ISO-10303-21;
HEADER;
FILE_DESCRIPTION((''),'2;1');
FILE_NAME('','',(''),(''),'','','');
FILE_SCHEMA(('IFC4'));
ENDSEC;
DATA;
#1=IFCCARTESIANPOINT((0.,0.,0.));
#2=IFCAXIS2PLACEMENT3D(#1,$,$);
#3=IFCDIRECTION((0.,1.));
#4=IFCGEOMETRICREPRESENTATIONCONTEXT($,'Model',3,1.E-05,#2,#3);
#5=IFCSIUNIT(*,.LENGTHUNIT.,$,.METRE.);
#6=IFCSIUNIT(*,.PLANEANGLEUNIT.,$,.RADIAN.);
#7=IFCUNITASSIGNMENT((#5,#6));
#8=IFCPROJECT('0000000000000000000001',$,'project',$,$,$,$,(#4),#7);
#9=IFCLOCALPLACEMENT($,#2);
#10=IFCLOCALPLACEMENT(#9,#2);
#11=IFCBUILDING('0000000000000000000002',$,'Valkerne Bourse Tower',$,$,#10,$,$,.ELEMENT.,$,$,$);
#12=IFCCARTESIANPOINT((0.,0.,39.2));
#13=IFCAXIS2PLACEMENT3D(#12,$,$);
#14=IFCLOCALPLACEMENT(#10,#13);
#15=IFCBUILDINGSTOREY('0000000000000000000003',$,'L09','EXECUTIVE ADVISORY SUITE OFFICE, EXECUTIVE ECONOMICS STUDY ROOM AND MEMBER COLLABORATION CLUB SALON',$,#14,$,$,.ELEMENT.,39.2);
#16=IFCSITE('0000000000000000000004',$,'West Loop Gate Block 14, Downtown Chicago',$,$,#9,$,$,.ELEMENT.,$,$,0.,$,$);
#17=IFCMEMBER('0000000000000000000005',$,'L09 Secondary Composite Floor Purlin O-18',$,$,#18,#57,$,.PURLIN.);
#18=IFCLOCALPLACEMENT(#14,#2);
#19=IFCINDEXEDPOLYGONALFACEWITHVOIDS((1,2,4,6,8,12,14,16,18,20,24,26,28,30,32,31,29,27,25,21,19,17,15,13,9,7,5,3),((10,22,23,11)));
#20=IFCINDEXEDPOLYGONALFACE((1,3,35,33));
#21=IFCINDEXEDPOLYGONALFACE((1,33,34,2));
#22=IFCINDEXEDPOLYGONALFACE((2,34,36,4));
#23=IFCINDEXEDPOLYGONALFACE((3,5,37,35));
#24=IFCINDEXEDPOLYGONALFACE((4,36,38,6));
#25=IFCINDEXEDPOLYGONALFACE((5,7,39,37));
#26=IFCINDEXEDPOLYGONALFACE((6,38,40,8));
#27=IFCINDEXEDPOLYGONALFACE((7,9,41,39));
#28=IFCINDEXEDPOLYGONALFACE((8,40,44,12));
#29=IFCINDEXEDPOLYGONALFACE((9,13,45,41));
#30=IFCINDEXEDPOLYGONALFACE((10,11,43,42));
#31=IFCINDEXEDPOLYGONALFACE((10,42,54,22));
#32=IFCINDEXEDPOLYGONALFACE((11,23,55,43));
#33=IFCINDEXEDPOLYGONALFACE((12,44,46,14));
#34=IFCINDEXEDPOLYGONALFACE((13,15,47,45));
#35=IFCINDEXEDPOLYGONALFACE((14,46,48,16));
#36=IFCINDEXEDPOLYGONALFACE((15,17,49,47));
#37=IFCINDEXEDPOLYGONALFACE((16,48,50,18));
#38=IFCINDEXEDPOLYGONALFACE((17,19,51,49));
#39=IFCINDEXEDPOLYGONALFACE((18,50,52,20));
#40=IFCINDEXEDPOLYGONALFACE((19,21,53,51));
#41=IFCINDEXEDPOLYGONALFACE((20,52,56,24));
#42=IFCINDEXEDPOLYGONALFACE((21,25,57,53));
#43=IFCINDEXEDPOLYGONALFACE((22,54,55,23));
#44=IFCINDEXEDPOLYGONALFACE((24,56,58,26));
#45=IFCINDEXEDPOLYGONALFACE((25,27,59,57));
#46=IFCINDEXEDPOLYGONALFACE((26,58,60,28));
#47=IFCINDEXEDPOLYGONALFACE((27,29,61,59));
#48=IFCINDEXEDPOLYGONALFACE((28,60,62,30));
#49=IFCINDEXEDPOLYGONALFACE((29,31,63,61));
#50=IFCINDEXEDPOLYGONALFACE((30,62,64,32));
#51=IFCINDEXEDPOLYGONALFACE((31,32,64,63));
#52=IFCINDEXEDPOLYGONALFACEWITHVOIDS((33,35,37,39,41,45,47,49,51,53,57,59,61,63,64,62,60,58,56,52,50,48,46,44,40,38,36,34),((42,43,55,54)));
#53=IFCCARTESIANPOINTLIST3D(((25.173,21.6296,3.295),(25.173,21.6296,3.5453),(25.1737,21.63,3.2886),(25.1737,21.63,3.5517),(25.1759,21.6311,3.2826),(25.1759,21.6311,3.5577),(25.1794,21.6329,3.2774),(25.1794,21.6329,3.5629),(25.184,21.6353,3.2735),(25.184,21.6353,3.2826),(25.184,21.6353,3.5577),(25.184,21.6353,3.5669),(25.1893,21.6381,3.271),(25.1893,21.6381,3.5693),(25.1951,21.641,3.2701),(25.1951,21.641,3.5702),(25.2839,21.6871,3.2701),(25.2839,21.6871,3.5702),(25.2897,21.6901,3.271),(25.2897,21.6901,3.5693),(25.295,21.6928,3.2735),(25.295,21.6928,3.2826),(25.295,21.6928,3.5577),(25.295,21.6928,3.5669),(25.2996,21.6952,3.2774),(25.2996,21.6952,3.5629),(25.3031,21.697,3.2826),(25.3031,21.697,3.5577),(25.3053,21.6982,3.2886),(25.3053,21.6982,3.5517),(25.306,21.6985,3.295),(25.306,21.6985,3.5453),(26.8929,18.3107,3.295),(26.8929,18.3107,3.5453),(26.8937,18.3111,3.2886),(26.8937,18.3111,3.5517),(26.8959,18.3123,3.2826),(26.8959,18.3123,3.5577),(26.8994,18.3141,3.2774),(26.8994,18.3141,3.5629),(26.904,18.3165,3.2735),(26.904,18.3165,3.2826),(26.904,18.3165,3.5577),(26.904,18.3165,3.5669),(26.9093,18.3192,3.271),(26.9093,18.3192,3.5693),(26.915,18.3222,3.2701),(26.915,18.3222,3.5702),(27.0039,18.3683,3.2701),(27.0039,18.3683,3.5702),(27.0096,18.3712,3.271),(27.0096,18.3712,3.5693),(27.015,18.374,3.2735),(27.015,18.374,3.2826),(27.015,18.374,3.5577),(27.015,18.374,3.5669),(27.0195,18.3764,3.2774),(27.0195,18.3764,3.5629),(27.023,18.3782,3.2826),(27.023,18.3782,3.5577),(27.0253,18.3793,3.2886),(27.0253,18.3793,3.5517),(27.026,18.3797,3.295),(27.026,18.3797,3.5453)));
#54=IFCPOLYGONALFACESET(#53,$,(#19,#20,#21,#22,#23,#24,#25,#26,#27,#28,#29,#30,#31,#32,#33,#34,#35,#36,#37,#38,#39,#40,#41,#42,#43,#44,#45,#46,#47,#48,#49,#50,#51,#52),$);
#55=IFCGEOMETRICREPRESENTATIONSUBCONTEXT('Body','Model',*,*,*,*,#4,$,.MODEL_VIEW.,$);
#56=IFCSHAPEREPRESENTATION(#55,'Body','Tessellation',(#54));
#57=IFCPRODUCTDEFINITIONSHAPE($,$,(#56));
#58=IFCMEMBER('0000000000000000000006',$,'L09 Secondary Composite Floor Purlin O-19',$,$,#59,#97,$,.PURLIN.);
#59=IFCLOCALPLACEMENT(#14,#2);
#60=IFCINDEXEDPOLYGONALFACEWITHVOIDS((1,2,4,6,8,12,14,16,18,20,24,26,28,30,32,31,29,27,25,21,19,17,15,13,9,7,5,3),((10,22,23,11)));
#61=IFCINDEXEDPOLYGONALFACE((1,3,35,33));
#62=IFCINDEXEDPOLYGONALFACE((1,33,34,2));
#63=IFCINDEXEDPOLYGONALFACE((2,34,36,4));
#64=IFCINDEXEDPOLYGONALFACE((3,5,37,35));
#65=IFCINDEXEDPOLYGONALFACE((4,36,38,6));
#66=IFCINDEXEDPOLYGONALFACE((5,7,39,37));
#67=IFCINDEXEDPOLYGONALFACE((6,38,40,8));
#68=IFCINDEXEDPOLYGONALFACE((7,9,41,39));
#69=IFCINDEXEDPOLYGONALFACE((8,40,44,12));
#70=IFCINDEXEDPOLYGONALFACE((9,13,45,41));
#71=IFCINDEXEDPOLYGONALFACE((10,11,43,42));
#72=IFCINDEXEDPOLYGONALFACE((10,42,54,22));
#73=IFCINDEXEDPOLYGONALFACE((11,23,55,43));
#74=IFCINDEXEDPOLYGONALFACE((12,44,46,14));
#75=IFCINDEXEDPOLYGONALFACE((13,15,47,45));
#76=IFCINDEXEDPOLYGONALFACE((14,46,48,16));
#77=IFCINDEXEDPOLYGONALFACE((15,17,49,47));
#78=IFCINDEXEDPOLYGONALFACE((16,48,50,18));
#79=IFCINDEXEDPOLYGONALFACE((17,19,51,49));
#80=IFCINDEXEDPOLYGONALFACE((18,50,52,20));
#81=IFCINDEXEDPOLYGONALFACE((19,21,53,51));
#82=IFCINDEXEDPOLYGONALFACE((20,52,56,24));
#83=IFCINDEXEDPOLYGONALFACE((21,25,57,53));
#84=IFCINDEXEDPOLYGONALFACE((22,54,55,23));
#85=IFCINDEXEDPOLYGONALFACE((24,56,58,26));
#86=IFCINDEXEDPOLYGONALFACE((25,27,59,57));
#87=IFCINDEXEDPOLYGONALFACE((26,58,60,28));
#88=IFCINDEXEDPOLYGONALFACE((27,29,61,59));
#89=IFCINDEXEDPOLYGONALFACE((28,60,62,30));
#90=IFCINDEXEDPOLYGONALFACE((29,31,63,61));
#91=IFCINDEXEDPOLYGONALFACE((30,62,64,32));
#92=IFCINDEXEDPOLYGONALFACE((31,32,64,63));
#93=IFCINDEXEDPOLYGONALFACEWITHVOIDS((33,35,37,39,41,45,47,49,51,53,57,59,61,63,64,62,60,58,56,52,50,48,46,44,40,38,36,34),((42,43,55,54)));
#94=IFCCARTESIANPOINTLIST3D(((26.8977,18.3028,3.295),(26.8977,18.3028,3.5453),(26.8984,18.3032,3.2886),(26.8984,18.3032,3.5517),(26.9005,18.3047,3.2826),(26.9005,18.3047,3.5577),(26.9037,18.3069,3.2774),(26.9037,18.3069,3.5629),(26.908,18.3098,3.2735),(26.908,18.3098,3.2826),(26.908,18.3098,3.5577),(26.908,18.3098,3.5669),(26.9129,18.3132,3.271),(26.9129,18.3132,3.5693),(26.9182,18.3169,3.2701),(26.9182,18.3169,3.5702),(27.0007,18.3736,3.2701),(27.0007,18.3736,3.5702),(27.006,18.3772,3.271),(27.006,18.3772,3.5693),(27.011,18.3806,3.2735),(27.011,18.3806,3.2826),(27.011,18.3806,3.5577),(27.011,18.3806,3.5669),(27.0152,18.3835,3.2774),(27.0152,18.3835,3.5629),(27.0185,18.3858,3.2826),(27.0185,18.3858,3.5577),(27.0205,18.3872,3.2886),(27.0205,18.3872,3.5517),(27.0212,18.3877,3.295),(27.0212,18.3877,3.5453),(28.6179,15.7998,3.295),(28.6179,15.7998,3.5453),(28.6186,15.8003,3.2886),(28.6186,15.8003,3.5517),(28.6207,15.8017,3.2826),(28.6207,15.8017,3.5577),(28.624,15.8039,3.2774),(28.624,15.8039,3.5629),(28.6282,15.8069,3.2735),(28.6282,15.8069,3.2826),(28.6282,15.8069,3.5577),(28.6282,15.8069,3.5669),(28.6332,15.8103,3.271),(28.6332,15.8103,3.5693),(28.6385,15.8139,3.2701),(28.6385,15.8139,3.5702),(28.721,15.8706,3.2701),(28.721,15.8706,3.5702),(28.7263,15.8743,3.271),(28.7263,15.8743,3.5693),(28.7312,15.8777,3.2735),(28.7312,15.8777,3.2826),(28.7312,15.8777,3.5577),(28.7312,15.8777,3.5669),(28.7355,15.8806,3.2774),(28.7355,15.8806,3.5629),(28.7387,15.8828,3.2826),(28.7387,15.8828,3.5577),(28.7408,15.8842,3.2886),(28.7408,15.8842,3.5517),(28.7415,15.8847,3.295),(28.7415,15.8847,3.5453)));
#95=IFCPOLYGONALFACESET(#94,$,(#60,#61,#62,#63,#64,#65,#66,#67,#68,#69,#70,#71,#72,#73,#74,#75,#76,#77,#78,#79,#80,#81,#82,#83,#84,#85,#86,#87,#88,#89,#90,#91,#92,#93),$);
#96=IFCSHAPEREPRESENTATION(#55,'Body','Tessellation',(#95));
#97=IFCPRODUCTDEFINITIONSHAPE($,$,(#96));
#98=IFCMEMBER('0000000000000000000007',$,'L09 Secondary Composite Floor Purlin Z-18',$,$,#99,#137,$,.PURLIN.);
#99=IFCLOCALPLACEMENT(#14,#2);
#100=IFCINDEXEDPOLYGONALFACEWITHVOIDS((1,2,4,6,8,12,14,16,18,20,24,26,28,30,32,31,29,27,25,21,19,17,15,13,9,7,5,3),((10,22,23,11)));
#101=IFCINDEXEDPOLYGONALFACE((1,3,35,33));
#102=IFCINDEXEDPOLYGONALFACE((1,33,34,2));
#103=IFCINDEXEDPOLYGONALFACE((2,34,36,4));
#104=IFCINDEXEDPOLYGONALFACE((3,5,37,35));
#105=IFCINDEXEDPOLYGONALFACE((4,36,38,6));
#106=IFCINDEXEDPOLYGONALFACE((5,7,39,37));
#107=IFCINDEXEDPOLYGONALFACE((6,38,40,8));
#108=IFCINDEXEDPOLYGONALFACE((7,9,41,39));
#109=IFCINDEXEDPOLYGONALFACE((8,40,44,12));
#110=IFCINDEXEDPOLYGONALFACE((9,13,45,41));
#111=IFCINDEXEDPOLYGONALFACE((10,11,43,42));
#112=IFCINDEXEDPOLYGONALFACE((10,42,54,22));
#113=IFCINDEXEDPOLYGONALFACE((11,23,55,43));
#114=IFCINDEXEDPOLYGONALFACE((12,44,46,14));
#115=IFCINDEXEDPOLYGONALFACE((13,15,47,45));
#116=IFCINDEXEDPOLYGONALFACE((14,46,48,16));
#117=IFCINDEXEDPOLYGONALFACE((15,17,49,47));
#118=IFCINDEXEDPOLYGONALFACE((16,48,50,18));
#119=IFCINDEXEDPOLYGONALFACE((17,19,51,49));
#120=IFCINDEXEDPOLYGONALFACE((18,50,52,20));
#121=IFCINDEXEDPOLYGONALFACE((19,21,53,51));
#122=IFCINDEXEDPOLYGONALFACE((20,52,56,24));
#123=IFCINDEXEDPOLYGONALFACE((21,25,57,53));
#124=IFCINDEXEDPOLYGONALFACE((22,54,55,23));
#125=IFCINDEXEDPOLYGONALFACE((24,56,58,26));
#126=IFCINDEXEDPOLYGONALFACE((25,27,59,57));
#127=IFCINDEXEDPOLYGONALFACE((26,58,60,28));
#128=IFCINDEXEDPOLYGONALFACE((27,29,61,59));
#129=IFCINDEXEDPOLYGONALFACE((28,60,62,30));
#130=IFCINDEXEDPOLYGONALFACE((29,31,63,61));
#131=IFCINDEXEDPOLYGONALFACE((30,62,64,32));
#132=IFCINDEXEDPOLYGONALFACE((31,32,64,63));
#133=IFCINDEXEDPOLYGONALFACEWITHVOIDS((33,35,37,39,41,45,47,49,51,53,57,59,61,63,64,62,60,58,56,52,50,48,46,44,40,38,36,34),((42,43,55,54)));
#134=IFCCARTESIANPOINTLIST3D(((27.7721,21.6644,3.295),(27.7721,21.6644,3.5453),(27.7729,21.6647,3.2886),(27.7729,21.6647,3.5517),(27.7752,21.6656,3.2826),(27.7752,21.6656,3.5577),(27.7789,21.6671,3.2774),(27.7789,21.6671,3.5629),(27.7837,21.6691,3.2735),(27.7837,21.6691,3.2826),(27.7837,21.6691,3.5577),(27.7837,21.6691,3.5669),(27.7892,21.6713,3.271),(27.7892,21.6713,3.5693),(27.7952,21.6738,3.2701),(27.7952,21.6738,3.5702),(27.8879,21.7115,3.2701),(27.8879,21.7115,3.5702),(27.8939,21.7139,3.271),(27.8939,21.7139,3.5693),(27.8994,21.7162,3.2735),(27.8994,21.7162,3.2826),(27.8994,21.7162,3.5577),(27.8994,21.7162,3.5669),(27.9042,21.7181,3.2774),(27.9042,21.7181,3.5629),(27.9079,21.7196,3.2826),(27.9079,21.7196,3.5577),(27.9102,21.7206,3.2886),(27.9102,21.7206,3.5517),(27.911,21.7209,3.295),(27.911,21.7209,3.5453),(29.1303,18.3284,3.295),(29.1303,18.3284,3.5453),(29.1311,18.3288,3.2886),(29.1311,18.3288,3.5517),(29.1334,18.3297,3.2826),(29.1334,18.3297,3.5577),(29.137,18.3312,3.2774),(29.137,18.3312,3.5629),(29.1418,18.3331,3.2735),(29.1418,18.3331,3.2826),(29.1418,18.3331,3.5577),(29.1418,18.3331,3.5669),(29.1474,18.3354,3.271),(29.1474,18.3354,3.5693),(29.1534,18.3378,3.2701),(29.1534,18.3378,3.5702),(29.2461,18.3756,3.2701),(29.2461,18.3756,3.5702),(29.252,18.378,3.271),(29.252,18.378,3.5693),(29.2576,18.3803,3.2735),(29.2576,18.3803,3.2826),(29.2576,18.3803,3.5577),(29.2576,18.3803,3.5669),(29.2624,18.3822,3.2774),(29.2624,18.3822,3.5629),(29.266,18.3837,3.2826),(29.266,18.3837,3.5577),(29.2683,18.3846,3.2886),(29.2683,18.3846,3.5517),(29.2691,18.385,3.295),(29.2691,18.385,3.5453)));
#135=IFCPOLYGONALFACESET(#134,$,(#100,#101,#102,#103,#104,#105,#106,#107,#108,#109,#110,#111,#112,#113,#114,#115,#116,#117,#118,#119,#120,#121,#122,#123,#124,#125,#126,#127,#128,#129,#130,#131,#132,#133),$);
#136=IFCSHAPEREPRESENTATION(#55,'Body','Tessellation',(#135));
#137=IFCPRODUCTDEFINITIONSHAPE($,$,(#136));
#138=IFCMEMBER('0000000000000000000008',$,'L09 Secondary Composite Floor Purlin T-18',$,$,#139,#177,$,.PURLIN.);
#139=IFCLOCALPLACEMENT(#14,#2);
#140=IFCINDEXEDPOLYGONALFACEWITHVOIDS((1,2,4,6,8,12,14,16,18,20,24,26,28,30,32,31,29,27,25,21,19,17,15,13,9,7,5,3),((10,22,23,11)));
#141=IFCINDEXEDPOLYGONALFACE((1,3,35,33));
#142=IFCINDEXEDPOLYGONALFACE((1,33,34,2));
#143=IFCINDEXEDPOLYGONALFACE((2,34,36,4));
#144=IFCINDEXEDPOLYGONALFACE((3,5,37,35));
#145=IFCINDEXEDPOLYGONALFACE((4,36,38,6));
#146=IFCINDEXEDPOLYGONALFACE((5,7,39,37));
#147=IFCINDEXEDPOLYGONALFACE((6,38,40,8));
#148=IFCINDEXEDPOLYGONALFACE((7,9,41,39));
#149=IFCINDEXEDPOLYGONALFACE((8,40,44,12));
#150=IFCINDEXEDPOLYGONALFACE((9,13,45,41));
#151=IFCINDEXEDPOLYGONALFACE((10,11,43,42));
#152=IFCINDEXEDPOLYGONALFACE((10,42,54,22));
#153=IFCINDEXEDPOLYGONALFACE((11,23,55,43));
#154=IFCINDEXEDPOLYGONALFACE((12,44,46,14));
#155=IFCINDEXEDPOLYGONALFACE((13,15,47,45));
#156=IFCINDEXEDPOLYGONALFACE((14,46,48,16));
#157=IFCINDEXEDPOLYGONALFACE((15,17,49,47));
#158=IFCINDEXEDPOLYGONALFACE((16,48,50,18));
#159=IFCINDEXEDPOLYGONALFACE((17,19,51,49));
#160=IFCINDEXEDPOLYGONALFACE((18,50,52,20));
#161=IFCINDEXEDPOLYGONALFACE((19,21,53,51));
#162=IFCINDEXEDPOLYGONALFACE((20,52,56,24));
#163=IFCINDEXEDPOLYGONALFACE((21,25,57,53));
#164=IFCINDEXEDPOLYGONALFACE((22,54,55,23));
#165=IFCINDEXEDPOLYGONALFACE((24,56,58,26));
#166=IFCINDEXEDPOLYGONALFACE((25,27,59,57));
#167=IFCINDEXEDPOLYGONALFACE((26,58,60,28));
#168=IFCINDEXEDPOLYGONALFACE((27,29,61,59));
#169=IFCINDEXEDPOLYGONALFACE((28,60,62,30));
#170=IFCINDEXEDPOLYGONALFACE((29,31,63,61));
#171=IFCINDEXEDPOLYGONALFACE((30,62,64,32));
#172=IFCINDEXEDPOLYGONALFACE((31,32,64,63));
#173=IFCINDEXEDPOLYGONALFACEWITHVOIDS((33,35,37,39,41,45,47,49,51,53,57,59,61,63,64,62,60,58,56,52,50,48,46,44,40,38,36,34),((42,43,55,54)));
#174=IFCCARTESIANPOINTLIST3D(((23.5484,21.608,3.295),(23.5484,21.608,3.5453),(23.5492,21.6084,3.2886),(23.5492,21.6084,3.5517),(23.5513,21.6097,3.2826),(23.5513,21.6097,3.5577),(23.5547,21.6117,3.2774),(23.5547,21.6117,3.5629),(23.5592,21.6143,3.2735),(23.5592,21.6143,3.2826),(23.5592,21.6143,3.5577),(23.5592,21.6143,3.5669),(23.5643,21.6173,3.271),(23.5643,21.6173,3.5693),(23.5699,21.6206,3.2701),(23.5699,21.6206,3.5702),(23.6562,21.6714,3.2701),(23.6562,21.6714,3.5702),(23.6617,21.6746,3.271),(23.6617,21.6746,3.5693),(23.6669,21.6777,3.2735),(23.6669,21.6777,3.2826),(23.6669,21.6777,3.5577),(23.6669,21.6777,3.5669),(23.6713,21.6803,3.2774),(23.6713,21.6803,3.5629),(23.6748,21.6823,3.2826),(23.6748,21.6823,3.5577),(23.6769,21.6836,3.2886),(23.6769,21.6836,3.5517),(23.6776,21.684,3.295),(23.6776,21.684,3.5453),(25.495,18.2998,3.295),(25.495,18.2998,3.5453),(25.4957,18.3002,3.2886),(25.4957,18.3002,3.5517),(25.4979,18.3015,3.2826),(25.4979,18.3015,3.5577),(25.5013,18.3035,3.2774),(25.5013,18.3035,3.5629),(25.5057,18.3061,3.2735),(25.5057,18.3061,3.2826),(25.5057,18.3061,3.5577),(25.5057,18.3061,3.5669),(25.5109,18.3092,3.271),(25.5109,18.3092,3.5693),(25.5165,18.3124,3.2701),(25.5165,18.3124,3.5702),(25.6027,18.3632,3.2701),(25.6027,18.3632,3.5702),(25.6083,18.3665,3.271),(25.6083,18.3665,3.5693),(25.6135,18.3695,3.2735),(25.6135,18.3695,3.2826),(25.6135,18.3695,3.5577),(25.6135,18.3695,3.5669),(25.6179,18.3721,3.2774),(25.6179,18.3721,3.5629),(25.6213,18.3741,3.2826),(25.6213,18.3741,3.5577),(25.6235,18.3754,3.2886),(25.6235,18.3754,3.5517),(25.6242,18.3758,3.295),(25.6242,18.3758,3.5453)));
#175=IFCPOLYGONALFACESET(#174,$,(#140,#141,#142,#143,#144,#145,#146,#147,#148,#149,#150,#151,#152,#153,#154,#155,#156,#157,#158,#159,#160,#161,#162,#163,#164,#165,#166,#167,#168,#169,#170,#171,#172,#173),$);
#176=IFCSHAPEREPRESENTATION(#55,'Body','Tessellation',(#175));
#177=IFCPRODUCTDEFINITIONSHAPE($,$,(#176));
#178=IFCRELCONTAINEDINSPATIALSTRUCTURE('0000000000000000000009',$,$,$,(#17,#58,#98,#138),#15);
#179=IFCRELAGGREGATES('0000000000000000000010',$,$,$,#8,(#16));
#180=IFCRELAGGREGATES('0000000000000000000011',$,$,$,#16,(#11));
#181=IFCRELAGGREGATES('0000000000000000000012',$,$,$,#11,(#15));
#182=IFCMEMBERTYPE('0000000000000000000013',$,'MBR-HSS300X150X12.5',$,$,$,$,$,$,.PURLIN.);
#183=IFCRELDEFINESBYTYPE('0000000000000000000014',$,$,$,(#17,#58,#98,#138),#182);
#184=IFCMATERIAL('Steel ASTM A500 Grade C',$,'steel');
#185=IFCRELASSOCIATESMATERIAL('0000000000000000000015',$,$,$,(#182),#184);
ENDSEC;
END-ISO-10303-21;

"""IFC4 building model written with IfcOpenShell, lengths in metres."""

from ifc_helpers import new_model, si_unit, direction, frame, origin, origin_2d, place, context, subcontext, project, spatial, hollow_rectangle, extrude, material, material_profile, profile_set, type_object, element, save


model = new_model("IFC4")

# Units and contexts
model_context = context("Model", 3, precision=1e-05, world=origin(), true_north=direction((0.0, 1.0)))
body_context = subcontext(model_context, "Body", "Model", "MODEL_VIEW")
ifc_project = project(units=[si_unit("LENGTHUNIT", "METRE"), si_unit("PLANEANGLEUNIT", "RADIAN")], contexts=[model_context])

# Site, building, storey
site_placement = place(None, origin())
site = spatial("IfcSite", under=ifc_project, at=site_placement, Name="West Loop Gate Block 14, Downtown Chicago", CompositionType="ELEMENT", RefElevation=0.0)
building_placement = place(site_placement, origin())
building = spatial("IfcBuilding", under=site, at=building_placement, Name="Valkerne Bourse Tower", CompositionType="ELEMENT")
storey_placement = place(building_placement, frame((0.0, 0.0, 39.2)))
storey = spatial("IfcBuildingStorey", under=building, at=storey_placement, Name="L09", Description="EXECUTIVE ADVISORY SUITE OFFICE, EXECUTIVE ECONOMICS STUDY ROOM AND MEMBER COLLABORATION CLUB SALON", CompositionType="ELEMENT", Elevation=39.2)

# Members
ifc_material_1 = material(Name="Steel ASTM A500 Grade C", Category="steel")
ifc_material_profile_1 = material_profile(ifc_material_1, hollow_rectangle(XDim=0.1499, YDim=0.3, WallThickness=0.0125, OuterFilletRadius=0.0249, at=origin_2d()), Name="HSS300X150X12.5")
ifc_profile_set_1 = profile_set([ifc_material_profile_1], Name="Steel ASTM A500 Grade C")
member_type_1 = type_object("IfcMemberType", Name="MBR-HSS300X150X12.5", PredefinedType="PURLIN", material=ifc_profile_set_1)
member_1_placement = place(storey_placement, frame((25.2395, 21.6641, 3.4202), z_axis=(0.460125, -0.887854, 0.0), x_axis=(0.887854, 0.460125, 0.0)))
element("IfcMember", 1, at=member_1_placement, inside=storey, type_object=member_type_1, Name="L09 Secondary Composite Floor Purlin O-18", PredefinedType="PURLIN", context=body_context, shape_type="SweptSolid", body=[
    extrude(hollow_rectangle(XDim=0.1499, YDim=0.3, WallThickness=0.0125, OuterFilletRadius=0.0249, at=origin_2d()), origin(), (0.0, 0.0, 1.0), 3.738),
])
member_2_placement = place(storey_placement, frame((26.9595, 18.3452, 3.4202), z_axis=(0.566406, -0.824126, 0.0), x_axis=(0.824126, 0.566406, 0.0)))
element("IfcMember", 2, at=member_2_placement, inside=storey, type_object=member_type_1, Name="L09 Secondary Composite Floor Purlin O-19", PredefinedType="PURLIN", context=body_context, shape_type="SweptSolid", body=[
    extrude(hollow_rectangle(XDim=0.1499, YDim=0.3, WallThickness=0.0125, OuterFilletRadius=0.0249, at=origin_2d()), origin(), (0.0, 0.0, 1.0), 3.0371),
])
member_3_placement = place(storey_placement, frame((27.8416, 21.6926, 3.4202), z_axis=(0.377075, -0.926183, 0.0), x_axis=(0.926183, 0.377075, 0.0)))
element("IfcMember", 3, at=member_3_placement, inside=storey, type_object=member_type_1, Name="L09 Secondary Composite Floor Purlin Z-18", PredefinedType="PURLIN", context=body_context, shape_type="SweptSolid", body=[
    extrude(hollow_rectangle(XDim=0.1499, YDim=0.3, WallThickness=0.0125, OuterFilletRadius=0.0249, at=origin_2d()), origin(), (0.0, 0.0, 1.0), 3.6018),
])
member_4_placement = place(storey_placement, frame((23.613, 21.646, 3.4202), z_axis=(0.507134, -0.861867, 0.0), x_axis=(0.861867, 0.507134, 0.0)))
element("IfcMember", 4, at=member_4_placement, inside=storey, type_object=member_type_1, Name="L09 Secondary Composite Floor Purlin T-18", PredefinedType="PURLIN", context=body_context, shape_type="SweptSolid", body=[
    extrude(hollow_rectangle(XDim=0.1499, YDim=0.3, WallThickness=0.0125, OuterFilletRadius=0.0249, at=origin_2d()), origin(), (0.0, 0.0, 1.0), 3.8384),
])

save(model, "model.ifc")
